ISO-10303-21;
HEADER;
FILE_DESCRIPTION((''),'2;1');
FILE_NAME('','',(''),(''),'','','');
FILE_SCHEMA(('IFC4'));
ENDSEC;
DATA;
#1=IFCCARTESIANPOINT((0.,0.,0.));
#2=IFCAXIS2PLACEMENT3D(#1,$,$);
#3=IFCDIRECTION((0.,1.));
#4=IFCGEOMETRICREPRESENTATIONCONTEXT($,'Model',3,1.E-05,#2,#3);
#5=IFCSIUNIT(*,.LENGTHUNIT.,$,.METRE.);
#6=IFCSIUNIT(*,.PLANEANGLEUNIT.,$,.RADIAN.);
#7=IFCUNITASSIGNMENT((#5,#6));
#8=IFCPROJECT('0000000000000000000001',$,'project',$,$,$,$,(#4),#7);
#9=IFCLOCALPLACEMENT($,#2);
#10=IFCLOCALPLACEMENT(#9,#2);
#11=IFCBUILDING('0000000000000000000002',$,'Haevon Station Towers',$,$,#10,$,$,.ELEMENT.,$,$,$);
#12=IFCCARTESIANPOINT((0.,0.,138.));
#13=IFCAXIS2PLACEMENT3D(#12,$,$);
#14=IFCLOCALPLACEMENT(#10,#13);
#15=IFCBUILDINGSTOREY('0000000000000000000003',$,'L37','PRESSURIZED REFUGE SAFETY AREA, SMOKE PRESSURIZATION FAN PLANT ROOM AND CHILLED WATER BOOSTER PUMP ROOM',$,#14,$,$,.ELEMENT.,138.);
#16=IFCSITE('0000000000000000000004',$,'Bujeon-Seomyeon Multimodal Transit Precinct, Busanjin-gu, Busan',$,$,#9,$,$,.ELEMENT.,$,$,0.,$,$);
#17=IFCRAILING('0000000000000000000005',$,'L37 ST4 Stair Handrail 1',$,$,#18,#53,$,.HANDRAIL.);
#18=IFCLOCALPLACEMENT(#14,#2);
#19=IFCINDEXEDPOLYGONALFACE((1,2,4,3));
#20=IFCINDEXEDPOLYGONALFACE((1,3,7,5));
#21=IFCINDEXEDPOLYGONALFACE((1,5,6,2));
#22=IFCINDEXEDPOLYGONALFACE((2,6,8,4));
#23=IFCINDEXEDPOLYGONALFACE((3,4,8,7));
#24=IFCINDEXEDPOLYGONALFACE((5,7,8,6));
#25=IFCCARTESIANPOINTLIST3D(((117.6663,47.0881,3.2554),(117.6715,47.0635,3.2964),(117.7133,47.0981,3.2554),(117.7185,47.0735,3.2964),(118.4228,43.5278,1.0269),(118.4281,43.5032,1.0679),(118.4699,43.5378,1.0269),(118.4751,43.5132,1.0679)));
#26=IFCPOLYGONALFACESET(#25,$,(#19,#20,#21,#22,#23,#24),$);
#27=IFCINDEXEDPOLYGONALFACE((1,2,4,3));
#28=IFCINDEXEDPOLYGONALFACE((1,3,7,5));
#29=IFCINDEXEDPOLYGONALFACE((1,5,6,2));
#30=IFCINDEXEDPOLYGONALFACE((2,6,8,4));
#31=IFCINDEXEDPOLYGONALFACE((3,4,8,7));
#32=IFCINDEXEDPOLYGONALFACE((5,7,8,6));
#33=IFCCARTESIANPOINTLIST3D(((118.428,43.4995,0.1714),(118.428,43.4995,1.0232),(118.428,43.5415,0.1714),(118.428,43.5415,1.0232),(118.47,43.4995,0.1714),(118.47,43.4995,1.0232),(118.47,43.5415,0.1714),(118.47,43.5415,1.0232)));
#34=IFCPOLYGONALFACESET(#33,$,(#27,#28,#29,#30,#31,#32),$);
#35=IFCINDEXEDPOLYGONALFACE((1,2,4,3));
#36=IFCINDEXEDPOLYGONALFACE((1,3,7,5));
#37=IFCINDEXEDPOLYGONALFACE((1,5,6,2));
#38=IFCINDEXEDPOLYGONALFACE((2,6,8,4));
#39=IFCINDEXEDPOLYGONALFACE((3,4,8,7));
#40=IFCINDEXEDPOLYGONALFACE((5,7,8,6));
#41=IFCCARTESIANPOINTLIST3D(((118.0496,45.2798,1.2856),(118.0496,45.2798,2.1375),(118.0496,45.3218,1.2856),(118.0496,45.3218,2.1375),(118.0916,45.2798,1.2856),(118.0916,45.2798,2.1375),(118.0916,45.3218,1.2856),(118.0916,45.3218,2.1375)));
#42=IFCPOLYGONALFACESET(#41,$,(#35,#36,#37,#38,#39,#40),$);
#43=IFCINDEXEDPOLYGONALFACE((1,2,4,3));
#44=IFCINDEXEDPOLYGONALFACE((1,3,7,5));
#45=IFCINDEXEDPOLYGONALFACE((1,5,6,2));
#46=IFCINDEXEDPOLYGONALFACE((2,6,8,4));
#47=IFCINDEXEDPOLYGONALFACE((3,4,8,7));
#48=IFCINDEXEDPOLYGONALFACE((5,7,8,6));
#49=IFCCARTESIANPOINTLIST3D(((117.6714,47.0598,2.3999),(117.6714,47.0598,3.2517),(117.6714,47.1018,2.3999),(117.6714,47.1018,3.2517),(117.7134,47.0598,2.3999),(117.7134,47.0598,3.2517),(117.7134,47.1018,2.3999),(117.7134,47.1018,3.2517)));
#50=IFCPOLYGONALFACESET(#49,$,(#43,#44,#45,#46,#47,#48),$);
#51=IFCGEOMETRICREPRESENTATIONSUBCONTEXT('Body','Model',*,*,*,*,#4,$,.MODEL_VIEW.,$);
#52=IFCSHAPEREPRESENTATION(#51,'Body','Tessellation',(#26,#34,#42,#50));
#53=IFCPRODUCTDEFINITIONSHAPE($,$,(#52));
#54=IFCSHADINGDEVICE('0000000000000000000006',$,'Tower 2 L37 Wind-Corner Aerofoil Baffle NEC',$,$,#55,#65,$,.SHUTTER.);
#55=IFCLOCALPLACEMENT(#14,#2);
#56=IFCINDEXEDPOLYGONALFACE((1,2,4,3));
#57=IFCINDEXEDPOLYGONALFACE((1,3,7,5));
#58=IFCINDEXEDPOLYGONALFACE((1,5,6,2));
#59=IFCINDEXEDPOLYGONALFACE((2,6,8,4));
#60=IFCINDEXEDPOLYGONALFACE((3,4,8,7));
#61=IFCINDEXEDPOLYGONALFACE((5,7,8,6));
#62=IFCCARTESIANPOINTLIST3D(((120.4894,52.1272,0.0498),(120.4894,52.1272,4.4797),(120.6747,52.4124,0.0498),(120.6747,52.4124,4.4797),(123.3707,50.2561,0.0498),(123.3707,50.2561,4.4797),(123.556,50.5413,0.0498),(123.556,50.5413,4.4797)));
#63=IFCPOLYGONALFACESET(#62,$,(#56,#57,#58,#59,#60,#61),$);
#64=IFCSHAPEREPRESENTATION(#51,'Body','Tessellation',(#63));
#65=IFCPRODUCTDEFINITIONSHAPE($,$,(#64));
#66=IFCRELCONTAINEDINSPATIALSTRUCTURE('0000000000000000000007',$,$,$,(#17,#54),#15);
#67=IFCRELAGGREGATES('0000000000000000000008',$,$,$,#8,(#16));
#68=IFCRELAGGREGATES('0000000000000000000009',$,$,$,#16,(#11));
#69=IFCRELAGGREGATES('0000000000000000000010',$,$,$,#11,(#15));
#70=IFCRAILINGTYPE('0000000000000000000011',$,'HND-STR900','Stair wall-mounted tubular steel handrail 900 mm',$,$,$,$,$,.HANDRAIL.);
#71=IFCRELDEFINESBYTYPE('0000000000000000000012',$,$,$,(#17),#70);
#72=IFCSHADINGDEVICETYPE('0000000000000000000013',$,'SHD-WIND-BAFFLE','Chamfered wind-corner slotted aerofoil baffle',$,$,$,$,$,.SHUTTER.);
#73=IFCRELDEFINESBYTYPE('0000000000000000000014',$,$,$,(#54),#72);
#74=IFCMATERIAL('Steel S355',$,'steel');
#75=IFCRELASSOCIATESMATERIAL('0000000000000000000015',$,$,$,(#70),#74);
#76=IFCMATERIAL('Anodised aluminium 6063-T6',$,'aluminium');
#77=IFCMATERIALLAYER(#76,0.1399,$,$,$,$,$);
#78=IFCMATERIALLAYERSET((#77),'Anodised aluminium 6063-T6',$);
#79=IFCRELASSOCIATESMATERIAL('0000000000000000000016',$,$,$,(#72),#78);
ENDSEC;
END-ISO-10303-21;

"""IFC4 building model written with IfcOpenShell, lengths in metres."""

from ifc_helpers import new_model, si_unit, direction, frame, origin, origin_2d, place, context, subcontext, project, spatial, rectangle, extrude, material, layer, layer_set, type_object, element, save


model = new_model("IFC4")

# Units and contexts
model_context = context("Model", 3, precision=1e-05, world=origin(), true_north=direction((0.0, 1.0)))
body_context = subcontext(model_context, "Body", "Model", "MODEL_VIEW")
ifc_project = project(units=[si_unit("LENGTHUNIT", "METRE"), si_unit("PLANEANGLEUNIT", "RADIAN")], contexts=[model_context])

# Site, building, storey
site_placement = place(None, origin())
site = spatial("IfcSite", under=ifc_project, at=site_placement, Name="Bujeon-Seomyeon Multimodal Transit Precinct, Busanjin-gu, Busan", CompositionType="ELEMENT", RefElevation=0.0)
building_placement = place(site_placement, origin())
building = spatial("IfcBuilding", under=site, at=building_placement, Name="Haevon Station Towers", CompositionType="ELEMENT")
storey_placement = place(building_placement, frame((0.0, 0.0, 138.0)))
storey = spatial("IfcBuildingStorey", under=building, at=storey_placement, Name="L37", Description="PRESSURIZED REFUGE SAFETY AREA, SMOKE PRESSURIZATION FAN PLANT ROOM AND CHILLED WATER BOOSTER PUMP ROOM", CompositionType="ELEMENT", Elevation=138.0)

# Shared definitions
ifc_material_1 = material(Name="Steel S355", Category="steel")

# Railing
railing_type_1 = type_object("IfcRailingType", Name="HND-STR900", Description="Stair wall-mounted tubular steel handrail 900 mm", PredefinedType="HANDRAIL", material=ifc_material_1)
railing_1_placement = place(storey_placement, frame((118.449, 43.5205, 0.1714)))
element("IfcRailing", 1, at=railing_1_placement, inside=storey, type_object=railing_type_1, Name="L37 ST4 Stair Handrail 1", PredefinedType="HANDRAIL", context=body_context, shape_type="SweptSolid", body=[
    extrude(rectangle(XDim=0.0481, YDim=0.0481, at=origin_2d()), frame((0.0, 0.0, 0.876), z_axis=(-0.177277, 0.834216, 0.522165), x_axis=(-0.978157, -0.207866, 0.0)), (0.0, 0.0, 1.0), 4.2678),
    extrude(rectangle(XDim=0.042, YDim=0.042, at=origin_2d()), origin(), (0.0, 0.0, 1.0), 0.8518),
    extrude(rectangle(XDim=0.042, YDim=0.042, at=origin_2d()), frame((-0.3784, 1.7803, 1.1143)), (0.0, 0.0, 1.0), 0.8518),
    extrude(rectangle(XDim=0.042, YDim=0.042, at=origin_2d()), frame((-0.7566, 3.5603, 2.2285)), (0.0, 0.0, 1.0), 0.8518),
])

# Shading device
ifc_material_2 = material(Name="Anodised aluminium 6063-T6", Category="aluminium")
ifc_layer_1 = layer(ifc_material_2, 0.1399)
ifc_layer_set_1 = layer_set([ifc_layer_1], Name="Anodised aluminium 6063-T6")
shading_device_type = type_object("IfcShadingDeviceType", Name="SHD-WIND-BAFFLE", Description="Chamfered wind-corner slotted aerofoil baffle", PredefinedType="SHUTTER", material=ifc_layer_set_1)
shading_device_placement = place(storey_placement, frame((122.0227, 51.3342, 0.0498), z_axis=(0.0, 0.0, 1.0), x_axis=(0.838671, -0.544639, 0.0)))
element("IfcShadingDevice", 2, at=shading_device_placement, inside=storey, type_object=shading_device_type, Name="Tower 2 L37 Wind-Corner Aerofoil Baffle NEC", PredefinedType="SHUTTER", context=body_context, shape_type="SweptSolid", body=[
    extrude(rectangle(XDim=3.4355, YDim=0.3401, at=origin_2d()), origin(), (0.0, 0.0, 1.0), 4.4299),
])

save(model, "model.ifc")
